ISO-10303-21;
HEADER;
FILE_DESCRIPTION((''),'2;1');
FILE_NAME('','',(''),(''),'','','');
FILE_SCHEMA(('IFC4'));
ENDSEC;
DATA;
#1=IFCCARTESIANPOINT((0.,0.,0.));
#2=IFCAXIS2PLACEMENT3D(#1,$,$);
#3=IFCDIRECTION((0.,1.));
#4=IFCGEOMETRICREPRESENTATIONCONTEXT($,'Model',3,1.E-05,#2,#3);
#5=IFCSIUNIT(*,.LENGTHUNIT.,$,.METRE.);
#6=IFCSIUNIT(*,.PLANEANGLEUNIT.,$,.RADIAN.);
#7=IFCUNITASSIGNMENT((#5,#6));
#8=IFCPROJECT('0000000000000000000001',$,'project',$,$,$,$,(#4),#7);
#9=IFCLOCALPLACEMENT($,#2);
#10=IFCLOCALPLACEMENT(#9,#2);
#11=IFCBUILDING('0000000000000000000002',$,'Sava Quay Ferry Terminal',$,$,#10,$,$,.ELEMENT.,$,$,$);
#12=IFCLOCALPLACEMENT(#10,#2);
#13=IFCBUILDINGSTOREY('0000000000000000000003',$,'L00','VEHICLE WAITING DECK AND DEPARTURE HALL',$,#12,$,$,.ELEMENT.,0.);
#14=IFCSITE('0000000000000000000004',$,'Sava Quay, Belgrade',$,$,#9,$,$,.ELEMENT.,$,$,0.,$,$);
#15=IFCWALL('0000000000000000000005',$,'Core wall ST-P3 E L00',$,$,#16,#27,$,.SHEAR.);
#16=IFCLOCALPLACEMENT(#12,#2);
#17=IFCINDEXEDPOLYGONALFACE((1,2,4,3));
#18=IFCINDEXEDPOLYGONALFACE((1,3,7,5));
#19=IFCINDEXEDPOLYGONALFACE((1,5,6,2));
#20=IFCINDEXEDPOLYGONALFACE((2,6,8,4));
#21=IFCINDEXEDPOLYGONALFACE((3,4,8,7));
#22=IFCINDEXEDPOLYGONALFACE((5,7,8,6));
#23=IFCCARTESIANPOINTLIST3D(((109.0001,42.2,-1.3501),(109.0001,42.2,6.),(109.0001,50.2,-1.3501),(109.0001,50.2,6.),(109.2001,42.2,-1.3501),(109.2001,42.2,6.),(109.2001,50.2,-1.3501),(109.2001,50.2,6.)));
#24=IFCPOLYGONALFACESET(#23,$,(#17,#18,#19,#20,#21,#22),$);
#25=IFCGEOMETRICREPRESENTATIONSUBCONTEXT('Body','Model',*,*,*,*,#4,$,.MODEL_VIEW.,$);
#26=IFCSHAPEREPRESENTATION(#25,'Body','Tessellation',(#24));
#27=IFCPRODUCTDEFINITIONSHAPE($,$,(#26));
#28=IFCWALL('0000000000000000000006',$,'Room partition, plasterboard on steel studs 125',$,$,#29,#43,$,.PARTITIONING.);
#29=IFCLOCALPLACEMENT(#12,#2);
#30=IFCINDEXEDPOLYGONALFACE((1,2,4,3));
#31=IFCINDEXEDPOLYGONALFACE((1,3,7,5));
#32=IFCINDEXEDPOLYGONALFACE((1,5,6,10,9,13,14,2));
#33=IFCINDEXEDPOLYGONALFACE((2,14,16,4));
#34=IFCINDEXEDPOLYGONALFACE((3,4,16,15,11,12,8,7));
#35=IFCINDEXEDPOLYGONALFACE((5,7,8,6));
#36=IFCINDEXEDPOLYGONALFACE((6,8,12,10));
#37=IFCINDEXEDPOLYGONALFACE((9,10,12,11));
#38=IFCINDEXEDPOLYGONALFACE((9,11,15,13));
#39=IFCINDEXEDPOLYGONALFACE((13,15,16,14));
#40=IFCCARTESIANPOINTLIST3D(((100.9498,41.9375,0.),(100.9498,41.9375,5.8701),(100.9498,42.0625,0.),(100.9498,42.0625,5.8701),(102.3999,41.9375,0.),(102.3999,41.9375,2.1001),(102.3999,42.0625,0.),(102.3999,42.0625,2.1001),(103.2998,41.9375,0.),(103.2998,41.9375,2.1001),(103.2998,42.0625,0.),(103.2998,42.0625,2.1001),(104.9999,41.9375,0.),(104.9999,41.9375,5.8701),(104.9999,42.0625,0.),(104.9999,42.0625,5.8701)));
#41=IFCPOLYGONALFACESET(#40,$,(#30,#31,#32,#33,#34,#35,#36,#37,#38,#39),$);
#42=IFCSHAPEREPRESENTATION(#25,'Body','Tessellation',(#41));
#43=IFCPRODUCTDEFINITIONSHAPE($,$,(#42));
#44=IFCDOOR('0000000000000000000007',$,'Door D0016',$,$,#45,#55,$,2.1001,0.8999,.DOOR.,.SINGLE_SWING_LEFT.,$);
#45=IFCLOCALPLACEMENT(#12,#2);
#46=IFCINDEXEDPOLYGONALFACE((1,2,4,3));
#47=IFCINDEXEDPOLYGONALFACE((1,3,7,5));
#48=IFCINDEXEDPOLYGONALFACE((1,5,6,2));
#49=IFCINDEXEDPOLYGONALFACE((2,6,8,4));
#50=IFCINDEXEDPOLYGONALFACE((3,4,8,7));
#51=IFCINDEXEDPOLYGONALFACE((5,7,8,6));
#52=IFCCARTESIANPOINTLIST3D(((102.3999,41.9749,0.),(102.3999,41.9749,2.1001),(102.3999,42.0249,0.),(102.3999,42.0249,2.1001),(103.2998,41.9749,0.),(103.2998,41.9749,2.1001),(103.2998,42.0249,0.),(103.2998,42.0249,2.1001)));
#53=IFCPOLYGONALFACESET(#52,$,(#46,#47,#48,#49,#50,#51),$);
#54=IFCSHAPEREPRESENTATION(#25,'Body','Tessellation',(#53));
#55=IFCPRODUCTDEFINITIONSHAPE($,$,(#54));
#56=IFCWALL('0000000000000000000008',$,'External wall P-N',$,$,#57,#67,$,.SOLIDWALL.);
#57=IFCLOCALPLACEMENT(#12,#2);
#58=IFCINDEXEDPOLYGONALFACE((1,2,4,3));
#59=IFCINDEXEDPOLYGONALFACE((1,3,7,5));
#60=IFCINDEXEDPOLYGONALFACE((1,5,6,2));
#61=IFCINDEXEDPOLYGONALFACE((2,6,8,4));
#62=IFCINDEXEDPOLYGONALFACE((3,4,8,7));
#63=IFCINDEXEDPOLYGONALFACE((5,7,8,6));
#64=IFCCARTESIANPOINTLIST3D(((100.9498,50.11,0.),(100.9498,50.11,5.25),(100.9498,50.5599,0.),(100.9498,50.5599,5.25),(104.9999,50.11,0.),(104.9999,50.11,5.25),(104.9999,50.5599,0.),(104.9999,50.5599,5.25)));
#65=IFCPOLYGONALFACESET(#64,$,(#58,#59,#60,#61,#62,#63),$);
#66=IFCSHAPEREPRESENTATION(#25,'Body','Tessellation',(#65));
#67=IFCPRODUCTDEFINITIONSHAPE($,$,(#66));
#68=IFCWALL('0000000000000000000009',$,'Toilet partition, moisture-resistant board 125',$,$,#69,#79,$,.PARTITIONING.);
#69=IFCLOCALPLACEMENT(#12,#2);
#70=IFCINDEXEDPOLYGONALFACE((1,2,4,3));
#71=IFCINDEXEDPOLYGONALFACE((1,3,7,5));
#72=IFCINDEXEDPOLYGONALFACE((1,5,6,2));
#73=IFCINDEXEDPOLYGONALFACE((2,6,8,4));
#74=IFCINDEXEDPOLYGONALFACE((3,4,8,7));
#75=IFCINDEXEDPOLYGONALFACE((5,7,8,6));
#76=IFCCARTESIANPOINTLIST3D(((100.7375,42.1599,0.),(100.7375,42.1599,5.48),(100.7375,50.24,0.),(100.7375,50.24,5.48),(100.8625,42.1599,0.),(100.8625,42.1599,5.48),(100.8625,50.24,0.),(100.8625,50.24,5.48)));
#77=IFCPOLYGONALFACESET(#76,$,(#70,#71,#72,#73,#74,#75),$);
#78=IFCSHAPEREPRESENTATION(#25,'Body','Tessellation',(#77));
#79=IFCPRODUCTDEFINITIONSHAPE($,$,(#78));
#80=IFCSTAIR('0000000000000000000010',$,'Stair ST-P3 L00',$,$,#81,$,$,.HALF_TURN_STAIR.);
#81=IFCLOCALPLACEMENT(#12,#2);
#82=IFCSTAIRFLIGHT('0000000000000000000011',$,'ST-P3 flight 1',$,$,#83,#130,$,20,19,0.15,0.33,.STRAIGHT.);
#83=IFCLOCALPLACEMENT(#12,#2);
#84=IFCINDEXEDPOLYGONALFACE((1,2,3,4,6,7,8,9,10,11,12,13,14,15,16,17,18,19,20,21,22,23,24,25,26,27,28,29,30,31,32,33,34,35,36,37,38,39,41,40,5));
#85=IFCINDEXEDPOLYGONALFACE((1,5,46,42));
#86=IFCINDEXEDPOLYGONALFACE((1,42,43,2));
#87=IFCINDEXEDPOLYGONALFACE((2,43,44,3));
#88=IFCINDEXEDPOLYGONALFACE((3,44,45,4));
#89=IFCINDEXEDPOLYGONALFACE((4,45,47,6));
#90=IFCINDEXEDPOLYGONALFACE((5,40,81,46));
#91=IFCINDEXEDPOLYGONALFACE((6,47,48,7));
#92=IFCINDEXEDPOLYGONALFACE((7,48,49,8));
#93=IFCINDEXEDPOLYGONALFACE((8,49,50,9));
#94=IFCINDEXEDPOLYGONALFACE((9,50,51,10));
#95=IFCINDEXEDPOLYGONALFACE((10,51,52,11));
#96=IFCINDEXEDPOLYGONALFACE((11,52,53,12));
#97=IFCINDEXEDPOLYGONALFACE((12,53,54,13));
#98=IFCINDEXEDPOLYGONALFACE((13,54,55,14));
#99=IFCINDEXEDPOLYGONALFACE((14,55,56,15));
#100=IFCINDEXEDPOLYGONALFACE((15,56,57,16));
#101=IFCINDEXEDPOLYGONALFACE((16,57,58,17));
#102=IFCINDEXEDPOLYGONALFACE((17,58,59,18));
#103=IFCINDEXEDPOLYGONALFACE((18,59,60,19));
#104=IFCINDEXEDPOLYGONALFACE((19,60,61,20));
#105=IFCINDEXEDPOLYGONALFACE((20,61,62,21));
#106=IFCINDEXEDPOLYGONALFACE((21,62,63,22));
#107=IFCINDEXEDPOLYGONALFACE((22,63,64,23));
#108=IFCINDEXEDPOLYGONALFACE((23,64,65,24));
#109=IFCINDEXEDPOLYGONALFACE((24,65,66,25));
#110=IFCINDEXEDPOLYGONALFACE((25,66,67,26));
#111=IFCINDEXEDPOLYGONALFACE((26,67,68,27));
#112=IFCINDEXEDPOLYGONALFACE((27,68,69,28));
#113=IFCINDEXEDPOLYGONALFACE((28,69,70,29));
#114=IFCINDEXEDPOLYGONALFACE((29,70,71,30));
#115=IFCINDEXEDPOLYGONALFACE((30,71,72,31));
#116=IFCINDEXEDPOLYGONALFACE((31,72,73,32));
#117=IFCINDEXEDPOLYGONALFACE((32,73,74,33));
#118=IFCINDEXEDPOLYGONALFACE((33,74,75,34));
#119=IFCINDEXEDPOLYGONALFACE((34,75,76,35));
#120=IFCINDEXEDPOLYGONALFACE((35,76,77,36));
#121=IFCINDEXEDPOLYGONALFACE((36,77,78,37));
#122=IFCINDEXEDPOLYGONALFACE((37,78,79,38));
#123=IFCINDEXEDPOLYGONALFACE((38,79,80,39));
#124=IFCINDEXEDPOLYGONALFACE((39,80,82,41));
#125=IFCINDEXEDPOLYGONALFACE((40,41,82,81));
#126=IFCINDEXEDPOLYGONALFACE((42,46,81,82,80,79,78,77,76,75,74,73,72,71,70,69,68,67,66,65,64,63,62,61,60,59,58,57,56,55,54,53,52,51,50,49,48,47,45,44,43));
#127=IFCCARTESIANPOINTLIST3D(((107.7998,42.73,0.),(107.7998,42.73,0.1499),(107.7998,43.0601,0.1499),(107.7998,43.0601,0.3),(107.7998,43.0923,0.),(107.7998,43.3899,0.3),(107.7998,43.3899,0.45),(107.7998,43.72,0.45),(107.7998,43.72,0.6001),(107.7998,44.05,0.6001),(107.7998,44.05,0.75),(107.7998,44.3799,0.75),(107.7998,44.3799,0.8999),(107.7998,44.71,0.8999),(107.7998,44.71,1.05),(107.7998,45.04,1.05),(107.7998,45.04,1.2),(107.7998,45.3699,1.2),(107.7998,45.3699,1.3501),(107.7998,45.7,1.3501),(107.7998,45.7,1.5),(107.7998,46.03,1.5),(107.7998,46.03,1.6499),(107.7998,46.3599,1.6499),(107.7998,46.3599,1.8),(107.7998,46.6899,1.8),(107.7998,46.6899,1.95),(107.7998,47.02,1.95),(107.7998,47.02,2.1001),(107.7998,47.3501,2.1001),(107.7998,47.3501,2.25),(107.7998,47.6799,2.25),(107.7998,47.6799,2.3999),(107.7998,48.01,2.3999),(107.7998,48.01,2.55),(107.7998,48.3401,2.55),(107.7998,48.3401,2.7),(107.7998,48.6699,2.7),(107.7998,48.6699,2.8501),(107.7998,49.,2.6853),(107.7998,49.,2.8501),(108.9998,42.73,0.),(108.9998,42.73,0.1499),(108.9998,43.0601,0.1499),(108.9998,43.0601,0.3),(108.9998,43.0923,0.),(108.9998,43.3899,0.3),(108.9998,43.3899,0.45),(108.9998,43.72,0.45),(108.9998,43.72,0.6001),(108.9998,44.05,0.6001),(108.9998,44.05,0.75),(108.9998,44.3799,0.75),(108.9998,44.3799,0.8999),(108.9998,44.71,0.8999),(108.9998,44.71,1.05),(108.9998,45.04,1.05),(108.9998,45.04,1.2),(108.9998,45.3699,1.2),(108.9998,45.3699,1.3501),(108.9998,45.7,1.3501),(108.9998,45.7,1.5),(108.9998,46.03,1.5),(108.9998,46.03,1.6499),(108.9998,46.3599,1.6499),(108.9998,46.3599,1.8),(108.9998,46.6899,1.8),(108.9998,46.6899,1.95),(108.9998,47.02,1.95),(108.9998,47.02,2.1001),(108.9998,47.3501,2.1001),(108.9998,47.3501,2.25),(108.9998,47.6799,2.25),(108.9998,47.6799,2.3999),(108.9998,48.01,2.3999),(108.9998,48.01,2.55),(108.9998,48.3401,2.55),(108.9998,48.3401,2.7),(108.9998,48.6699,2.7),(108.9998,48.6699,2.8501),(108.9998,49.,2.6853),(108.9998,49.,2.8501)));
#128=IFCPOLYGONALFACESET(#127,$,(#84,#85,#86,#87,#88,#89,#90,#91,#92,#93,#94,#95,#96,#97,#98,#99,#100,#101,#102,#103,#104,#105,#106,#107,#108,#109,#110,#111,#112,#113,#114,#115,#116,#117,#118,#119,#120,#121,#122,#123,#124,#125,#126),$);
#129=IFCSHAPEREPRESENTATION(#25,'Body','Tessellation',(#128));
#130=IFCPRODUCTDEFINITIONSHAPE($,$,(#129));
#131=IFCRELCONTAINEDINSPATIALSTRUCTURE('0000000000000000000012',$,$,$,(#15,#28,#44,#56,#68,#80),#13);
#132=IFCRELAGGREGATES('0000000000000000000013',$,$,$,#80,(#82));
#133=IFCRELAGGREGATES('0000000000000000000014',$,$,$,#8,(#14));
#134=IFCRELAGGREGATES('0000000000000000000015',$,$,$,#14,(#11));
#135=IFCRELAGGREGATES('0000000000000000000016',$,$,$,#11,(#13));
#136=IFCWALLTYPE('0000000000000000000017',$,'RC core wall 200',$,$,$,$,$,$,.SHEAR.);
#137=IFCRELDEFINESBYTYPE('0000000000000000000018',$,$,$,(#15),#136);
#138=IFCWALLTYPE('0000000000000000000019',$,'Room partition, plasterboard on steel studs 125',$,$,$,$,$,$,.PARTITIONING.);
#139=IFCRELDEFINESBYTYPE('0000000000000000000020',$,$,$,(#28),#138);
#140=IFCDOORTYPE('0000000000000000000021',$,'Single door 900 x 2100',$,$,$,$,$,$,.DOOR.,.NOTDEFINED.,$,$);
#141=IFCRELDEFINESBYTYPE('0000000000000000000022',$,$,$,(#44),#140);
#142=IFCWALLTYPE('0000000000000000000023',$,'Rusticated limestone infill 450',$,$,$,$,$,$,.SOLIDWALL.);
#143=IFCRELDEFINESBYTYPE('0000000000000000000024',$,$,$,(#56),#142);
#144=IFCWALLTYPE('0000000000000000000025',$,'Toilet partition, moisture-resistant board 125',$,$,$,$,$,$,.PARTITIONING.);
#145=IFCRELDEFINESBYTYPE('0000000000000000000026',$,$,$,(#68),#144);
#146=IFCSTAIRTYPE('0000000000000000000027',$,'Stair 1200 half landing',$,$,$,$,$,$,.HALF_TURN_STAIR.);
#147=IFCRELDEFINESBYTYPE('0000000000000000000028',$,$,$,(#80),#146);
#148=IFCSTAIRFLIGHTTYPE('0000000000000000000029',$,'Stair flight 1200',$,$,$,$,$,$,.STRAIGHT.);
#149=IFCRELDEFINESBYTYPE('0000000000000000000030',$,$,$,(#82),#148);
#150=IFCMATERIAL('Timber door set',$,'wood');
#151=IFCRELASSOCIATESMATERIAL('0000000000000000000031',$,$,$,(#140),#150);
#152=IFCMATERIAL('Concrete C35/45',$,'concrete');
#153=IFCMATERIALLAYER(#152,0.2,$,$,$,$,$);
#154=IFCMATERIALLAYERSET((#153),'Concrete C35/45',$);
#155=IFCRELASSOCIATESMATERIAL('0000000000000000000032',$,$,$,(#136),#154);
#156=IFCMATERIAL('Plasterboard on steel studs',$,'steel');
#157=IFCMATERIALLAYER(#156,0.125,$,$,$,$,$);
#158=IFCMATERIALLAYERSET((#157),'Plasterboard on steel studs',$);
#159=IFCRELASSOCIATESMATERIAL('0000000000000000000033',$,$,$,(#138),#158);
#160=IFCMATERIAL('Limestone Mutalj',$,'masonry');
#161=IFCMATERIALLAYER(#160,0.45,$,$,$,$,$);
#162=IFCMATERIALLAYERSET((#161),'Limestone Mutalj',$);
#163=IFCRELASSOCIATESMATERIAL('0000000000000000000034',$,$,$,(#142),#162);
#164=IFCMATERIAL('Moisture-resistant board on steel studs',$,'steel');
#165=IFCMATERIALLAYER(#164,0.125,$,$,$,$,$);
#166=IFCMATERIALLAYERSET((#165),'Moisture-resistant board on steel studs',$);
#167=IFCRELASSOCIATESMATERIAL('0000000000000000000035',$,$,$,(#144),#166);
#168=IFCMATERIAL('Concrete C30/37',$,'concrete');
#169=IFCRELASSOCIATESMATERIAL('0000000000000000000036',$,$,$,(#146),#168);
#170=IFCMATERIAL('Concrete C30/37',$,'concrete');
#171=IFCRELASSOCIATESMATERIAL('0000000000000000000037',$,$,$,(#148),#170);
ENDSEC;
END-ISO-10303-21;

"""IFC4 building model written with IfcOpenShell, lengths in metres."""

from ifc_helpers import new_model, si_unit, direction, frame, frame_2d, origin, place, context, subcontext, project, spatial, polyline, rectangle, outline, extrude, material, layer, layer_set, type_object, element, fill, aggregate, save


model = new_model("IFC4")

# Units and contexts
model_context = context("Model", 3, precision=1e-05, world=origin(), true_north=direction((0.0, 1.0)))
body_context = subcontext(model_context, "Body", "Model", "MODEL_VIEW")
ifc_project = project(units=[si_unit("LENGTHUNIT", "METRE"), si_unit("PLANEANGLEUNIT", "RADIAN")], contexts=[model_context])

# Site, building, storey
site_placement = place(None, origin())
site = spatial("IfcSite", under=ifc_project, at=site_placement, Name="Sava Quay, Belgrade", CompositionType="ELEMENT", RefElevation=0.0)
building_placement = place(site_placement, origin())
building = spatial("IfcBuilding", under=site, at=building_placement, Name="Sava Quay Ferry Terminal", CompositionType="ELEMENT")
storey_placement = place(building_placement, origin())
storey = spatial("IfcBuildingStorey", under=building, at=storey_placement, Name="L00", Description="VEHICLE WAITING DECK AND DEPARTURE HALL", CompositionType="ELEMENT", Elevation=0.0)

# Shared definitions
ifc_material_1 = material(Name="Timber door set", Category="wood")
door_type_1 = type_object("IfcDoorType", Name="Single door 900 x 2100", OperationType="NOTDEFINED", PredefinedType="DOOR", material=ifc_material_1)
ifc_material_2 = material(Name="Concrete C35/45", Category="concrete")
ifc_layer_1 = layer(ifc_material_2, 0.2)
ifc_layer_set_1 = layer_set([ifc_layer_1], Name="Concrete C35/45")
wall_type_1 = type_object("IfcWallType", Name="RC core wall 200", PredefinedType="SHEAR", material=ifc_layer_set_1)

# Wall
for number, where, z_axis, x_axis, name in (
    (1, (109.1001, 42.2, -1.3501), (0.0, 0.0, 1.0), (0.0, 1.0, 0.0), "Core wall ST-P3 E L00"),
):
    element("IfcWall", number, at=place(storey_placement, frame(where, z_axis=z_axis, x_axis=x_axis)), inside=storey, type_object=wall_type_1, Name=name, PredefinedType="SHEAR", context=body_context, shape_type="SweptSolid", body=[
        extrude(rectangle(XDim=8.0, YDim=0.2, at=frame_2d((4.0, 0.0))), origin(), (0.0, 0.0, 1.0), 7.3501),
    ])

# Wall, opening, door
ifc_material_3 = material(Name="Plasterboard on steel studs", Category="steel")
ifc_layer_2 = layer(ifc_material_3, 0.125)
ifc_layer_set_2 = layer_set([ifc_layer_2], Name="Plasterboard on steel studs")
wall_type_2 = type_object("IfcWallType", Name="Room partition, plasterboard on steel studs 125", PredefinedType="PARTITIONING", material=ifc_layer_set_2)
wall_1_placement = place(storey_placement, frame((100.95, 42.0, 0.0), z_axis=(0.0, 0.0, 1.0), x_axis=(1.0, 0.0, 0.0)))
wall_1 = element("IfcWall", 2, at=wall_1_placement, inside=storey, type_object=wall_type_2, Name="Room partition, plasterboard on steel studs 125", PredefinedType="PARTITIONING", context=body_context, shape_type="SweptSolid", body=[
    extrude(rectangle(XDim=4.05, YDim=0.125, at=frame_2d((2.0249, 0.0))), origin(), (0.0, 0.0, 1.0), 5.8701),
])
opening_1_placement = place(wall_1_placement, frame((1.45, 0.0, 0.0)))
opening_1 = element("IfcOpeningElement", 3, at=opening_1_placement, cuts=wall_1, PredefinedType="OPENING", context=body_context, shape_type="SweptSolid", body=[
    extrude(rectangle(XDim=0.8999, YDim=2.1001, at=frame_2d((0.45, 1.05))), frame((0.0, 0.0625, 0.0), z_axis=(0.0, -1.0, 0.0), x_axis=(1.0, 0.0, 0.0)), (0.0, 0.0, 1.0), 0.125),
])
door_1_placement = place(opening_1_placement, origin())
door_1 = element("IfcDoor", 4, at=door_1_placement, inside=storey, type_object=door_type_1, Name="Door D0016", OperationType="SINGLE_SWING_LEFT", OverallHeight=2.1001, OverallWidth=0.8999, PredefinedType="DOOR", context=body_context, shape_type="SweptSolid", body=[
    extrude(rectangle(XDim=0.8999, YDim=2.1001, at=frame_2d((0.45, 1.05))), frame((0.0, 0.0249, 0.0), z_axis=(0.0, -1.0, 0.0), x_axis=(1.0, 0.0, 0.0)), (0.0, 0.0, 1.0), 0.05),
])
fill(opening_1, door_1)

# Walls
ifc_material_4 = material(Name="Limestone Mutalj", Category="masonry")
ifc_layer_3 = layer(ifc_material_4, 0.45)
ifc_layer_set_3 = layer_set([ifc_layer_3], Name="Limestone Mutalj")
wall_type_3 = type_object("IfcWallType", Name="Rusticated limestone infill 450", PredefinedType="SOLIDWALL", material=ifc_layer_set_3)
wall_2_placement = place(storey_placement, frame((100.95, 50.335, 0.0), z_axis=(0.0, 0.0, 1.0), x_axis=(1.0, 0.0, 0.0)))
element("IfcWall", 5, at=wall_2_placement, inside=storey, type_object=wall_type_3, Name="External wall P-N", PredefinedType="SOLIDWALL", context=body_context, shape_type="SweptSolid", body=[
    extrude(rectangle(XDim=4.05, YDim=0.45, at=frame_2d((2.0249, 0.0))), origin(), (0.0, 0.0, 1.0), 5.25),
])
ifc_material_5 = material(Name="Moisture-resistant board on steel studs", Category="steel")
ifc_layer_4 = layer(ifc_material_5, 0.125)
ifc_layer_set_4 = layer_set([ifc_layer_4], Name="Moisture-resistant board on steel studs")
wall_type_4 = type_object("IfcWallType", Name="Toilet partition, moisture-resistant board 125", PredefinedType="PARTITIONING", material=ifc_layer_set_4)
wall_3_placement = place(storey_placement, frame((100.8, 42.1599, 0.0), z_axis=(0.0, 0.0, 1.0), x_axis=(0.0, 1.0, 0.0)))
element("IfcWall", 6, at=wall_3_placement, inside=storey, type_object=wall_type_4, Name="Toilet partition, moisture-resistant board 125", PredefinedType="PARTITIONING", context=body_context, shape_type="SweptSolid", body=[
    extrude(rectangle(XDim=8.0801, YDim=0.125, at=frame_2d((4.04, 0.0))), origin(), (0.0, 0.0, 1.0), 5.48),
])

# Stair, stair flight
ifc_material_6 = material(Name="Concrete C30/37", Category="concrete")
stair_type = type_object("IfcStairType", Name="Stair 1200 half landing", PredefinedType="HALF_TURN_STAIR", material=ifc_material_6)
stair_placement = place(storey_placement, origin())
stair = element("IfcStair", 7, at=stair_placement, inside=storey, type_object=stair_type, Name="Stair ST-P3 L00", PredefinedType="HALF_TURN_STAIR")
ifc_material_7 = material(Name="Concrete C30/37", Category="concrete")
stair_flight_type = type_object("IfcStairFlightType", Name="Stair flight 1200", PredefinedType="STRAIGHT", material=ifc_material_7)
stair_flight_1_placement = place(storey_placement, frame((108.3999, 42.73, 0.0), z_axis=(0.0, 0.0, 1.0), x_axis=(0.0, 1.0, 0.0)))
stair_flight_1 = element("IfcStairFlight", 8, at=stair_flight_1_placement, type_object=stair_flight_type, Name="ST-P3 flight 1", NumberOfRisers=20, NumberOfTreads=19, PredefinedType="STRAIGHT", RiserHeight=0.15, TreadLength=0.33, context=body_context, shape_type="SweptSolid", body=[
    extrude(outline(polyline([(0.0, 0.0), (0.0, 0.1499), (0.3301, 0.1499), (0.3301, 0.3), (0.6599, 0.3), (0.6599, 0.45), (0.99, 0.45), (0.99, 0.6001), (1.3201, 0.6001), (1.3201, 0.75), (1.6499, 0.75), (1.6499, 0.8999), (1.98, 0.8999), (1.98, 1.05), (2.3101, 1.05), (2.3101, 1.2), (2.6399, 1.2), (2.6399, 1.3501), (2.97, 1.3501), (2.97, 1.5), (3.3, 1.5), (3.3, 1.6499), (3.6299, 1.6499), (3.6299, 1.8), (3.96, 1.8), (3.96, 1.95), (4.29, 1.95), (4.29, 2.1001), (4.6201, 2.1001), (4.6201, 2.25), (4.95, 2.25), (4.95, 2.3999), (5.28, 2.3999), (5.28, 2.55), (5.6101, 2.55), (5.6101, 2.7), (5.9399, 2.7), (5.9399, 2.8501), (6.27, 2.8501), (6.27, 3.0), (6.27, 2.6853), (0.3623, 0.0), (0.0, 0.0)])), frame((0.0, 0.6001, 0.0), z_axis=(0.0, -1.0, 0.0), x_axis=(1.0, 0.0, 0.0)), (0.0, 0.0, 1.0), 1.2),
])
aggregate(stair, [stair_flight_1])

save(model, "model.ifc")
